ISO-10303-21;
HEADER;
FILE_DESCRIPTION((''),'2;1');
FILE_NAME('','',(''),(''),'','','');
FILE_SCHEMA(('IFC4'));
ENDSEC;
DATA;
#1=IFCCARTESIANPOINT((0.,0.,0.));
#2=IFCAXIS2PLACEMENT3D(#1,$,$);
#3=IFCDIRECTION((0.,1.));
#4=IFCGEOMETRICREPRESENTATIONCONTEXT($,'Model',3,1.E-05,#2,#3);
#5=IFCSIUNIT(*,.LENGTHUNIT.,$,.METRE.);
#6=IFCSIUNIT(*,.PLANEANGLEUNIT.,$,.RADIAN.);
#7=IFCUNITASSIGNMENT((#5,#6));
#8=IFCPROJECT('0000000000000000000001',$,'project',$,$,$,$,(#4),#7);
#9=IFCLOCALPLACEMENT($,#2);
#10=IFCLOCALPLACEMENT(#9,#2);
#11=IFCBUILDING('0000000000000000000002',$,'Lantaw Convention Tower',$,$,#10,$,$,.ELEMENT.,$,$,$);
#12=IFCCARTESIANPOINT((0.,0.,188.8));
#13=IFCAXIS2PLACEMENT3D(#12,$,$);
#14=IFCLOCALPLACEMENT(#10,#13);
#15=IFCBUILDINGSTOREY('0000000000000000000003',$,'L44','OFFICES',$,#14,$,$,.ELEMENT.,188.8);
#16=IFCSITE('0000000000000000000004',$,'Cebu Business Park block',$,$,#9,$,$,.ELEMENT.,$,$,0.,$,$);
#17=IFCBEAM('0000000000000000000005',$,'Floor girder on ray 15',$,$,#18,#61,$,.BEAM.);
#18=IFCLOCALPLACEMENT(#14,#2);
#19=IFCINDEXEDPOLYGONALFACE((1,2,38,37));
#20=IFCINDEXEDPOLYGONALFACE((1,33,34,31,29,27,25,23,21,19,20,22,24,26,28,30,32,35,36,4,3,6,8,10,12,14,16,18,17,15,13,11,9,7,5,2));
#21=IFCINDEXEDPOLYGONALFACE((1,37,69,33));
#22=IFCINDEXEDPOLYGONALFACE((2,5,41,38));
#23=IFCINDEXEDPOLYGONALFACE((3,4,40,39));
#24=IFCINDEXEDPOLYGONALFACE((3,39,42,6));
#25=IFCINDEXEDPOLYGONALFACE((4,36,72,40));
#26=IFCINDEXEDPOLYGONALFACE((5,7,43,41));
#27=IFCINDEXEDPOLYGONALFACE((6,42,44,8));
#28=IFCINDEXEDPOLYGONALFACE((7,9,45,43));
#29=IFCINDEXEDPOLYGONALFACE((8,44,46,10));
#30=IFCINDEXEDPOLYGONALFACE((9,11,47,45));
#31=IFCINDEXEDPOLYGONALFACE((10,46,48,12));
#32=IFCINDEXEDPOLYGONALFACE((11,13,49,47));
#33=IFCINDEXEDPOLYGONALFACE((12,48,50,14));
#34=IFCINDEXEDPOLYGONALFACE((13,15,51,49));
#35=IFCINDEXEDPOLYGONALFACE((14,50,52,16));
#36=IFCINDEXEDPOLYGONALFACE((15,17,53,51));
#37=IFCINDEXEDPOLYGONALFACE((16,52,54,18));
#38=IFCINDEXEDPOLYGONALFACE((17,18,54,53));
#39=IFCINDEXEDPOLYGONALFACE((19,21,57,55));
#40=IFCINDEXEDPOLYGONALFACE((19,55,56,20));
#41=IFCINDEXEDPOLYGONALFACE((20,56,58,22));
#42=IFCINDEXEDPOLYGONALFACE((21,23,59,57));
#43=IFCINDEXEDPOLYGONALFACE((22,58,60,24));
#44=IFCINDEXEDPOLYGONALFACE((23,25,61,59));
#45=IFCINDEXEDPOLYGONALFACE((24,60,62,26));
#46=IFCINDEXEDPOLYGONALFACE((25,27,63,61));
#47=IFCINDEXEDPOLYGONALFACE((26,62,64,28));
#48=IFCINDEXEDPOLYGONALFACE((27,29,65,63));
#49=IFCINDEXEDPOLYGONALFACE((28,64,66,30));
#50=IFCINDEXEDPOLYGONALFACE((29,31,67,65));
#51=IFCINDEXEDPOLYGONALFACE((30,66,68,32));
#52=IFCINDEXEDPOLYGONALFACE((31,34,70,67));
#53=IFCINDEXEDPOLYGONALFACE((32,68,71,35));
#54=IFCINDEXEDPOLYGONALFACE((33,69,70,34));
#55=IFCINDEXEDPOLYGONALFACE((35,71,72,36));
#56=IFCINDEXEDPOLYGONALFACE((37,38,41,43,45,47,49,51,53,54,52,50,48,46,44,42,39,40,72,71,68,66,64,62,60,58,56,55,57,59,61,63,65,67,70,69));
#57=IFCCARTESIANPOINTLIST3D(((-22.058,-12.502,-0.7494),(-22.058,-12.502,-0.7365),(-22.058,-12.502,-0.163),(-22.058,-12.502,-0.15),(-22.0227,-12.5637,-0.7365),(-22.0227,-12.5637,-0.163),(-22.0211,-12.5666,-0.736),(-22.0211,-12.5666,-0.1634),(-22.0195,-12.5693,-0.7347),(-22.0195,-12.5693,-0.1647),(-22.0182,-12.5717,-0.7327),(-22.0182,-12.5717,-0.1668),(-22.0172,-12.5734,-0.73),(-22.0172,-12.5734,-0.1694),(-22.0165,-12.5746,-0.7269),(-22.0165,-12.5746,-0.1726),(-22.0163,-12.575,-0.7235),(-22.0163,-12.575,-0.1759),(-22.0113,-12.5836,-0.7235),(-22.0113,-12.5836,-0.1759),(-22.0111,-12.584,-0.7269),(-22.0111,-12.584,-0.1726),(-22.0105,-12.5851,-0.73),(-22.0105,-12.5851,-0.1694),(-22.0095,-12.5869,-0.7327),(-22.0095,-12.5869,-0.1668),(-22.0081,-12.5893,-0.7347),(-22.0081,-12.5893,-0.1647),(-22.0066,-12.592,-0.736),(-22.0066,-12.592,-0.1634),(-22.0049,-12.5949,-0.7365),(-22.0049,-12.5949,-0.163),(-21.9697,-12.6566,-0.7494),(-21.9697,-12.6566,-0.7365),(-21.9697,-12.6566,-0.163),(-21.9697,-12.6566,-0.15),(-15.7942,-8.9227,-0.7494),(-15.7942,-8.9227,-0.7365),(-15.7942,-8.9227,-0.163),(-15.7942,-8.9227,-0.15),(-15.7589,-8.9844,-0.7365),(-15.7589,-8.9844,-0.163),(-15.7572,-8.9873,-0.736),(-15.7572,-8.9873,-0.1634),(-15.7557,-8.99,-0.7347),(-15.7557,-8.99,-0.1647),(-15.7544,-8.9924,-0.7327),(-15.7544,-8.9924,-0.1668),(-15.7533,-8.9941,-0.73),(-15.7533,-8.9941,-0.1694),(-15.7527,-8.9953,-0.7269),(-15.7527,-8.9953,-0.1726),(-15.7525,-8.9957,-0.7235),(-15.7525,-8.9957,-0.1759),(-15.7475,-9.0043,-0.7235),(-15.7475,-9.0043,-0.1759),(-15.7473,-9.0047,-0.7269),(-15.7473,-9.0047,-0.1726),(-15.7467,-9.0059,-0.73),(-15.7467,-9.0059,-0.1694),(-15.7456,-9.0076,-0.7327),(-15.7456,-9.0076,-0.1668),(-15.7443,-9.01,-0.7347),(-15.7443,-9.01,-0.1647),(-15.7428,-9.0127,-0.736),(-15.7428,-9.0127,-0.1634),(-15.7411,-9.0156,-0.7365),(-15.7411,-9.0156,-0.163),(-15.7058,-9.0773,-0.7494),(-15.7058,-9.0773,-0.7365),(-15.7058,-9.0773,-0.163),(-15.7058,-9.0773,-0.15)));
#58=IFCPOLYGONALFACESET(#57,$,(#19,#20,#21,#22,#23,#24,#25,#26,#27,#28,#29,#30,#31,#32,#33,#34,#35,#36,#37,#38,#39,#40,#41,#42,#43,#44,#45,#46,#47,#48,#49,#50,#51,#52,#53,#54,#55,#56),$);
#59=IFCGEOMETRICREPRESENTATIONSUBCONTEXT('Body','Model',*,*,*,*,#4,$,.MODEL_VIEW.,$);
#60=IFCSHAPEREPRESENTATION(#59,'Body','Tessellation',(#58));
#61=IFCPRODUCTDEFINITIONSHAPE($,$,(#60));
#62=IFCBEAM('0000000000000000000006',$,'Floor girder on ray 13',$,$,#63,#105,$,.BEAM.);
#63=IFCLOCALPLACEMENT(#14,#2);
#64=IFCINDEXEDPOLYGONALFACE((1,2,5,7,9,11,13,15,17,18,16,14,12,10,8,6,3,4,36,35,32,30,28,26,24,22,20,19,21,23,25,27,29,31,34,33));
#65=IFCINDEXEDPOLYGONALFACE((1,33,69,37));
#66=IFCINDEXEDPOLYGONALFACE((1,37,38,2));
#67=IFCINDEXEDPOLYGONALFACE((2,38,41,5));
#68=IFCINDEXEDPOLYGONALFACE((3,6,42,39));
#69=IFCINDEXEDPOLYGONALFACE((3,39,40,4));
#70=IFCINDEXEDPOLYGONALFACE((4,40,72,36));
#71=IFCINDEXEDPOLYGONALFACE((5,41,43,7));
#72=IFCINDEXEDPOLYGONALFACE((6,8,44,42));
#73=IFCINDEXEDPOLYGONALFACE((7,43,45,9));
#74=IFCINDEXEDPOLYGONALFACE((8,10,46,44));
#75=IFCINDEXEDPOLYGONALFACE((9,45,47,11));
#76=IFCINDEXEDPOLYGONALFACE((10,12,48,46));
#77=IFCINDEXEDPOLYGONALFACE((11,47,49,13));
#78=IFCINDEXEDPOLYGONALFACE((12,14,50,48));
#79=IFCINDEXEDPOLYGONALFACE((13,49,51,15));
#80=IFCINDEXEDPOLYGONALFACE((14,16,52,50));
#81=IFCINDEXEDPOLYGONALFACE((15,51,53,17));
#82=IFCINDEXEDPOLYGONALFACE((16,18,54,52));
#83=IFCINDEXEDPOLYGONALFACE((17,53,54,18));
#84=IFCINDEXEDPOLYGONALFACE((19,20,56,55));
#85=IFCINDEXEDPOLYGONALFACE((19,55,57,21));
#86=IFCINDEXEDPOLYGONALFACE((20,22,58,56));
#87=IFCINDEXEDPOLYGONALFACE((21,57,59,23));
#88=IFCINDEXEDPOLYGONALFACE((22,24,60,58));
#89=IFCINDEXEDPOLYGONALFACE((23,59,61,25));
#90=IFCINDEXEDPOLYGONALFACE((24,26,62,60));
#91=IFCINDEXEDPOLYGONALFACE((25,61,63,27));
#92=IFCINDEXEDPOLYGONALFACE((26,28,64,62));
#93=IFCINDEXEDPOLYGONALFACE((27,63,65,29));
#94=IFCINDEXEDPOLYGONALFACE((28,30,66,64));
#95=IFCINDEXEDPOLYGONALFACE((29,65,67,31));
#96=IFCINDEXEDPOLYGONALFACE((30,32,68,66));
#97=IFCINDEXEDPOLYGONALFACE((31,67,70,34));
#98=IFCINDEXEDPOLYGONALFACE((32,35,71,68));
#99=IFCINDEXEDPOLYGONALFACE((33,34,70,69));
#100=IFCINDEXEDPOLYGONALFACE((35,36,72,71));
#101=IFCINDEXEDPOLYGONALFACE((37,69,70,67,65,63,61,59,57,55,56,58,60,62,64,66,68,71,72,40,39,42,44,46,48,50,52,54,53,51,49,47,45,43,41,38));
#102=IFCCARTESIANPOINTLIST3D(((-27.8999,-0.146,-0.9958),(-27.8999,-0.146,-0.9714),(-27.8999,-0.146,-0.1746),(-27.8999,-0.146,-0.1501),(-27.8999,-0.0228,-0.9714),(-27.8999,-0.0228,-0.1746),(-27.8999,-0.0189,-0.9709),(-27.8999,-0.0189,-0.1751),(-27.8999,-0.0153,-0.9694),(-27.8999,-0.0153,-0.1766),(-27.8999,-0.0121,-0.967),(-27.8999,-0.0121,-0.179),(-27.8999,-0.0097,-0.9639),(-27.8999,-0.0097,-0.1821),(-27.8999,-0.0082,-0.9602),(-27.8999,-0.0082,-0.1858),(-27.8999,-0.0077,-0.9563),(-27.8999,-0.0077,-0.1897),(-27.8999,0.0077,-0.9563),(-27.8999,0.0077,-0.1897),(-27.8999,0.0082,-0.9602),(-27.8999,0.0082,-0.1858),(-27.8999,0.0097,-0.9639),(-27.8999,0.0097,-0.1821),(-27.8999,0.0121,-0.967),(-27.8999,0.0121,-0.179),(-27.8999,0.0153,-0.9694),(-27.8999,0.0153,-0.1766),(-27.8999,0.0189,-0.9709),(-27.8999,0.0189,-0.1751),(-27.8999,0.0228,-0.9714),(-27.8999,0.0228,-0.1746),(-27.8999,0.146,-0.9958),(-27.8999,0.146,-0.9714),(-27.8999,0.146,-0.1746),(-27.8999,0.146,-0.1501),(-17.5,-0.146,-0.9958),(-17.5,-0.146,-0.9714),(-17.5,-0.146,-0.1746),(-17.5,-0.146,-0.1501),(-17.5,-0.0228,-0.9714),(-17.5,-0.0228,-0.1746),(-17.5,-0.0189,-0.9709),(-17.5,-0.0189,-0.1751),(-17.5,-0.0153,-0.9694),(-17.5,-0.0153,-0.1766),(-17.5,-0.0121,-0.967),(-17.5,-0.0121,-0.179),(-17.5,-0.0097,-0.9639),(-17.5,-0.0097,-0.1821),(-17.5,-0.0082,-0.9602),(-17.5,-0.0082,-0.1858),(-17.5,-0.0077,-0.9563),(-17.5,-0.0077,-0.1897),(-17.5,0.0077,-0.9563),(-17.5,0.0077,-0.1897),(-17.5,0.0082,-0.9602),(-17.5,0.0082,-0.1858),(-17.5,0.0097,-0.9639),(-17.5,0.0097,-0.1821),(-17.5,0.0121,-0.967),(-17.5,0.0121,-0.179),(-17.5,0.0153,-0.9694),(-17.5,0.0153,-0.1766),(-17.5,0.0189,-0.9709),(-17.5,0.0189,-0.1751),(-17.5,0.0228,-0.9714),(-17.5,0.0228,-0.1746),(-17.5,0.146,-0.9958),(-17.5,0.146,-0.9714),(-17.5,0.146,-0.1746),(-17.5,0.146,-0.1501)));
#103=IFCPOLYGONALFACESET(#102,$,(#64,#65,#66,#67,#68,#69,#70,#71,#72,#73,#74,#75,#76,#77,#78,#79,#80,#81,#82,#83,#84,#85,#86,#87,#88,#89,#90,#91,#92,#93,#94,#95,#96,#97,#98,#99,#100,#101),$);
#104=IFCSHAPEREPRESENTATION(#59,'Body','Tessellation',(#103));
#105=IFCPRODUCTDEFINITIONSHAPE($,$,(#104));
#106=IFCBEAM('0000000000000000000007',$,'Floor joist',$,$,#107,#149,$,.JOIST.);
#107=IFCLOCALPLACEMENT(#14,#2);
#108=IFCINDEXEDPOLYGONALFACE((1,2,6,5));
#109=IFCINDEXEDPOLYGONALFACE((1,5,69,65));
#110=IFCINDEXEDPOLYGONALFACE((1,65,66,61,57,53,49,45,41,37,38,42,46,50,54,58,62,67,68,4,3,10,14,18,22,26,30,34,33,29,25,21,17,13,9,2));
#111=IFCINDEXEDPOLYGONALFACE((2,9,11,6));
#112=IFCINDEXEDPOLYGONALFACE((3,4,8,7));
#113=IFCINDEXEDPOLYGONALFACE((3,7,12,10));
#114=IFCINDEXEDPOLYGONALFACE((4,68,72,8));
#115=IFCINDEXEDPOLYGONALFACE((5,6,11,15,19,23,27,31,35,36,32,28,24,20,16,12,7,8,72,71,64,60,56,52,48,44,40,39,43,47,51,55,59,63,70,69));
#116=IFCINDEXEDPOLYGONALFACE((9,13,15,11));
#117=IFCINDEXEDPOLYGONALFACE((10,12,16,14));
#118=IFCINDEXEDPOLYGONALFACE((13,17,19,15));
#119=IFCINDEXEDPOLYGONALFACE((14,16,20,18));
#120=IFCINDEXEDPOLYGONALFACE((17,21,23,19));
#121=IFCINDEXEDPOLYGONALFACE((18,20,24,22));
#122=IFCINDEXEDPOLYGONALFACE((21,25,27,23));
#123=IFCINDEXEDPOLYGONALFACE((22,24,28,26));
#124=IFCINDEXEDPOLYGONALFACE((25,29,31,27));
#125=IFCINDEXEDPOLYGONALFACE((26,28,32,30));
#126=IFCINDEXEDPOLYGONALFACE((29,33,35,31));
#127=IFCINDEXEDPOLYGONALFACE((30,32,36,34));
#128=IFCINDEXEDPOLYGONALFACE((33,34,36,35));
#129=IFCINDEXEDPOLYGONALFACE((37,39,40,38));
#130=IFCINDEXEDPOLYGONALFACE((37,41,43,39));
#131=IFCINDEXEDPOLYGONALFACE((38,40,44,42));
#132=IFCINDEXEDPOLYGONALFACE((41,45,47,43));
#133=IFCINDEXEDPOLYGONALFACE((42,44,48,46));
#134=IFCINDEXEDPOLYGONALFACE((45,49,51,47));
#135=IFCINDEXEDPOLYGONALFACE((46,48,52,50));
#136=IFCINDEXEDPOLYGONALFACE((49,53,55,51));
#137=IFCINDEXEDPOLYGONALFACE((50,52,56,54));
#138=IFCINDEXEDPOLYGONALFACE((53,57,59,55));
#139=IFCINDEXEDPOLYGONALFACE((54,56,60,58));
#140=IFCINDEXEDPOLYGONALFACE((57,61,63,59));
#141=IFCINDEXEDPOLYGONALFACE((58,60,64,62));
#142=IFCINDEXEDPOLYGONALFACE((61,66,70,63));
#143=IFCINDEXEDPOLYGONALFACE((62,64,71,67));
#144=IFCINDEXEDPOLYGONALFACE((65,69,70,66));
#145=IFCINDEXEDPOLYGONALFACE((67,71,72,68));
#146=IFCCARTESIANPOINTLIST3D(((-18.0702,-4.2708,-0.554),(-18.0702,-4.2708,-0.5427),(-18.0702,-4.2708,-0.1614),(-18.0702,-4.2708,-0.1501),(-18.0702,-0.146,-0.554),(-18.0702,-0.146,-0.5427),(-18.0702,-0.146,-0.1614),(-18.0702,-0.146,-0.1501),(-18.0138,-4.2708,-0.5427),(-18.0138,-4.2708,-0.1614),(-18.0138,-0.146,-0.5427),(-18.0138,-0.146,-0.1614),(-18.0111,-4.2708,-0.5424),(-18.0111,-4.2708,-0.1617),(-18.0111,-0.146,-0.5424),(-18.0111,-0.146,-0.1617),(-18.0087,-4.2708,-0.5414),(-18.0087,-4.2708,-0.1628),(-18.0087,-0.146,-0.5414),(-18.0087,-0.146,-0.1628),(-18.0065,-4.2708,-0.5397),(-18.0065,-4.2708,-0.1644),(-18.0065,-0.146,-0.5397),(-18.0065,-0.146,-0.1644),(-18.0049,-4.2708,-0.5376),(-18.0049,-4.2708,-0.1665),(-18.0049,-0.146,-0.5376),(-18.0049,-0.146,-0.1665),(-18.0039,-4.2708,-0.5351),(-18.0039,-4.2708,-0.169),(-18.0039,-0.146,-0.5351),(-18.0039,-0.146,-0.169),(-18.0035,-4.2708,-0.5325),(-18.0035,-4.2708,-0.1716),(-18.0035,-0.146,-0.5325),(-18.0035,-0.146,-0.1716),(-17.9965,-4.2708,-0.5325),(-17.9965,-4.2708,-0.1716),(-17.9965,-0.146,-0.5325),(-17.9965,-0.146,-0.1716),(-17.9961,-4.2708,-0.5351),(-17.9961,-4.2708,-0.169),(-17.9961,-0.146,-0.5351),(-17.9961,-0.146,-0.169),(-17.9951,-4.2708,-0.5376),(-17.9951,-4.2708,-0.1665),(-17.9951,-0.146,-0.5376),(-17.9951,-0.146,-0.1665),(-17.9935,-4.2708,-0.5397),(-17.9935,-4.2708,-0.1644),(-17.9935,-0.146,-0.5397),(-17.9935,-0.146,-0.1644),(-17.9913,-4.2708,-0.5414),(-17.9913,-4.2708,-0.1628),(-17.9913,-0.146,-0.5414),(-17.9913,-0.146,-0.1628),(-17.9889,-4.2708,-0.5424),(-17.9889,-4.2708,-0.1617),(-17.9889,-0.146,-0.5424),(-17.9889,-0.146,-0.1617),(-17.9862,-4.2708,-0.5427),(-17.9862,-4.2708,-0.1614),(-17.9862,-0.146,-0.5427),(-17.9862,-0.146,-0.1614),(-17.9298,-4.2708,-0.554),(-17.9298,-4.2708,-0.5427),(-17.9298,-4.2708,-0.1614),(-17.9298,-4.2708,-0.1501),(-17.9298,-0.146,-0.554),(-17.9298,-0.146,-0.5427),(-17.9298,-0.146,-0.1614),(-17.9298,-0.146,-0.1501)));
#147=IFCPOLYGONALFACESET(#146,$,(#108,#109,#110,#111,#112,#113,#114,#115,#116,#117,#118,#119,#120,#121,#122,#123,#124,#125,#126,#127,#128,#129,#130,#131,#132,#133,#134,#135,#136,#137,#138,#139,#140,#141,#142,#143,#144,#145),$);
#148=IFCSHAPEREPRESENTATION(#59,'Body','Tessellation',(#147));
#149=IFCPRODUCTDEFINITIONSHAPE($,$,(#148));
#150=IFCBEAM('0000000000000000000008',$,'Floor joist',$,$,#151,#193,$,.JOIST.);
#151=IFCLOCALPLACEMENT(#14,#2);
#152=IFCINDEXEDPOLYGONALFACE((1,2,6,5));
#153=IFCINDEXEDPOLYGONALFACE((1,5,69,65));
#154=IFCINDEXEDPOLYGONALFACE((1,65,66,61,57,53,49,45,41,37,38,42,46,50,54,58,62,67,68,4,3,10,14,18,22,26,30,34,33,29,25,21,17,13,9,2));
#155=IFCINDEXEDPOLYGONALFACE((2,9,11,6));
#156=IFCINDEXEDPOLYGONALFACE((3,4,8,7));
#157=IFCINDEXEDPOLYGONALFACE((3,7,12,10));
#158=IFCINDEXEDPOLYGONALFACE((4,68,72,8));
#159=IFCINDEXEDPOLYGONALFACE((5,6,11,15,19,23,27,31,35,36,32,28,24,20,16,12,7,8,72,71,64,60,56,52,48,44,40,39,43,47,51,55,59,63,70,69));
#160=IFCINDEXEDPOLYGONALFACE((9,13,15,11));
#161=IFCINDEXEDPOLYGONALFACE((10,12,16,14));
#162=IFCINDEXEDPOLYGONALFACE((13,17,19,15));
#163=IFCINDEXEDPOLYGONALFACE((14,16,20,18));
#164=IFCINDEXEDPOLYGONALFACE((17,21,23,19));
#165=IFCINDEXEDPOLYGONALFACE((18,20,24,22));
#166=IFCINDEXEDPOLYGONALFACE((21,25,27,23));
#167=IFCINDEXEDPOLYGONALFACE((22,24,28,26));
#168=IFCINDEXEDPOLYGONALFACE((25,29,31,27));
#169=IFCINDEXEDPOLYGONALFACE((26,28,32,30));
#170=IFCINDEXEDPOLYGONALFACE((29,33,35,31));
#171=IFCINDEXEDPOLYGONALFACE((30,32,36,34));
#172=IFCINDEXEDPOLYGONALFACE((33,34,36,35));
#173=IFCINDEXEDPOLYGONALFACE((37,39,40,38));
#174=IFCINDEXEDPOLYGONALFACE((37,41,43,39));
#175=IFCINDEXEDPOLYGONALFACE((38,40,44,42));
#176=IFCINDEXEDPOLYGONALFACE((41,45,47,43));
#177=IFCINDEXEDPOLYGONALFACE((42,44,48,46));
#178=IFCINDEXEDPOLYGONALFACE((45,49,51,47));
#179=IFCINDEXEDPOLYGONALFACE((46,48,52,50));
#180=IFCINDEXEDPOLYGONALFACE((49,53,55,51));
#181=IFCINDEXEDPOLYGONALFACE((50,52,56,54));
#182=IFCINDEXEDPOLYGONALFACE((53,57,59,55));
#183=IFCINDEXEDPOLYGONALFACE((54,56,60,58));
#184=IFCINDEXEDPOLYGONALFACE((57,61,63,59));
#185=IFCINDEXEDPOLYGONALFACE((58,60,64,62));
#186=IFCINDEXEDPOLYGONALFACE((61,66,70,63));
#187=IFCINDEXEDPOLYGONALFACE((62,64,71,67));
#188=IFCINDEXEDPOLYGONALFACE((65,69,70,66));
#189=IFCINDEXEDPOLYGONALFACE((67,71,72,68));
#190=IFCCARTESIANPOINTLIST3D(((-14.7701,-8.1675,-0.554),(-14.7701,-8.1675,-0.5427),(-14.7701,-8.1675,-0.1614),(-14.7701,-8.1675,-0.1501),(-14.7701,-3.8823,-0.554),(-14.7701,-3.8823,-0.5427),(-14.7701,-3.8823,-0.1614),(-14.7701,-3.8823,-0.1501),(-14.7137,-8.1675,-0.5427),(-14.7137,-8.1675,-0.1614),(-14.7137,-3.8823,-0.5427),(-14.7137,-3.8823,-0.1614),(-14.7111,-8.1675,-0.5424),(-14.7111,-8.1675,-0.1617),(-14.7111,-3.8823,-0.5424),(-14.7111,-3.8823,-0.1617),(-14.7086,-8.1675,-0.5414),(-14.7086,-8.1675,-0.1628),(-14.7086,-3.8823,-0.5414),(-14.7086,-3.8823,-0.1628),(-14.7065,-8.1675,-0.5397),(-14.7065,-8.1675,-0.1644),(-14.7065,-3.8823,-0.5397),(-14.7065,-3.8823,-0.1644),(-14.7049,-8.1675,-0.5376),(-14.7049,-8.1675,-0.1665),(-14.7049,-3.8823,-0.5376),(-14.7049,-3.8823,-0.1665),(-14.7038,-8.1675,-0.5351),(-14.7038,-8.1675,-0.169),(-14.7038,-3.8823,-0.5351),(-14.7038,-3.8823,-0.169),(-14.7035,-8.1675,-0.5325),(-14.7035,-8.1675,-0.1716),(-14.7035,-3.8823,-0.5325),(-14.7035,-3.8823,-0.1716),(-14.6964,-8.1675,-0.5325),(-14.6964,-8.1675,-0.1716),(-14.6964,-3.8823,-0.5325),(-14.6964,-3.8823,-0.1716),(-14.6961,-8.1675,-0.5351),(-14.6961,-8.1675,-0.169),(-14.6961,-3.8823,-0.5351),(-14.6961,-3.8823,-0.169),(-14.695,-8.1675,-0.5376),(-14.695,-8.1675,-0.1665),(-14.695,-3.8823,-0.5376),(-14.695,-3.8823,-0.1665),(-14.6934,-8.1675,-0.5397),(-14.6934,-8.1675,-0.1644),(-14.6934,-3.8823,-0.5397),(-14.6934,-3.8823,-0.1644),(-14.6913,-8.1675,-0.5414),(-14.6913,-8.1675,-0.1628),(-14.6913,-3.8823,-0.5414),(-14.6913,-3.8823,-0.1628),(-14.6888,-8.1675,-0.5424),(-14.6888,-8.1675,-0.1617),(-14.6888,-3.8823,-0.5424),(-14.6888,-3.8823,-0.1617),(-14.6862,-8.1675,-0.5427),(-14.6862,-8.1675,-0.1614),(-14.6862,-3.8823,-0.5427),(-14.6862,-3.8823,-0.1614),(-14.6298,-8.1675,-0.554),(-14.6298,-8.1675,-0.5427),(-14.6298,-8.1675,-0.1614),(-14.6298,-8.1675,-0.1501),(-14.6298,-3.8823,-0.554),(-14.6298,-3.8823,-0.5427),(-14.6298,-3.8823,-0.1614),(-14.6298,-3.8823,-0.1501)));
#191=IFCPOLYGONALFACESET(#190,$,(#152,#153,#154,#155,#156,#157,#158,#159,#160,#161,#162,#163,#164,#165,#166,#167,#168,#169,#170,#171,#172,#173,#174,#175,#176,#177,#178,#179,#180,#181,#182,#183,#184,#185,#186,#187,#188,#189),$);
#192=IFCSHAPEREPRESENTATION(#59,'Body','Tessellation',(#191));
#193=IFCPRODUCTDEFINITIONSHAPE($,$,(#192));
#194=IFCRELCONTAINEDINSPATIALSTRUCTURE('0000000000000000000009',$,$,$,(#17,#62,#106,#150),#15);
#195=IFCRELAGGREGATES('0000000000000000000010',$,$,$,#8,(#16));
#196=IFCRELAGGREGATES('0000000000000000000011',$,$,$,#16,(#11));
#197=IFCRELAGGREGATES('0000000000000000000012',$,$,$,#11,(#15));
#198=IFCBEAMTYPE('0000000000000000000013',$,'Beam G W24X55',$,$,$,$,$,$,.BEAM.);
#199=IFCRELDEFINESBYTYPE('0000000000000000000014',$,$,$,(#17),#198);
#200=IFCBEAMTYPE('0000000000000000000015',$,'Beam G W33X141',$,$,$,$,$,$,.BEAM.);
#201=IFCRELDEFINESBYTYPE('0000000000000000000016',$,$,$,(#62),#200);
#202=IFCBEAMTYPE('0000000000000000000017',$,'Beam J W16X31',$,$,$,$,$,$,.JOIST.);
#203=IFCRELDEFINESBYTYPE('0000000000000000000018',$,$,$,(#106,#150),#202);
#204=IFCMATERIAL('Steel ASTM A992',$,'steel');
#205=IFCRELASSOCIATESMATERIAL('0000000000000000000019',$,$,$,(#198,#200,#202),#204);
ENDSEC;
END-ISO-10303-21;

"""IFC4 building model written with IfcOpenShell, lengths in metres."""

from ifc_helpers import new_model, si_unit, direction, frame, origin, origin_2d, place, context, subcontext, project, spatial, i_section, extrude, material, material_profile, profile_set, type_object, element, save


model = new_model("IFC4")

# Units and contexts
model_context = context("Model", 3, precision=1e-05, world=origin(), true_north=direction((0.0, 1.0)))
body_context = subcontext(model_context, "Body", "Model", "MODEL_VIEW")
ifc_project = project(units=[si_unit("LENGTHUNIT", "METRE"), si_unit("PLANEANGLEUNIT", "RADIAN")], contexts=[model_context])

# Site, building, storey
site_placement = place(None, origin())
site = spatial("IfcSite", under=ifc_project, at=site_placement, Name="Cebu Business Park block", CompositionType="ELEMENT", RefElevation=0.0)
building_placement = place(site_placement, origin())
building = spatial("IfcBuilding", under=site, at=building_placement, Name="Lantaw Convention Tower", CompositionType="ELEMENT")
storey_placement = place(building_placement, frame((0.0, 0.0, 188.8)))
storey = spatial("IfcBuildingStorey", under=building, at=storey_placement, Name="L44", Description="OFFICES", CompositionType="ELEMENT", Elevation=188.8)

# Beams
ifc_material_1 = material(Name="Steel ASTM A992", Category="steel")
ifc_material_profile_1 = material_profile(ifc_material_1, i_section(OverallWidth=0.178, OverallDepth=0.5994, WebThickness=0.01, FlangeThickness=0.0129, FilletRadius=0.0129, at=origin_2d()), Name="W24X55")
ifc_profile_set_1 = profile_set([ifc_material_profile_1], Name="Steel ASTM A992")
beam_type_1 = type_object("IfcBeamType", Name="Beam G W24X55", PredefinedType="BEAM", material=ifc_profile_set_1)
beam_1_placement = place(storey_placement, frame((-15.75, -9.0, -0.4497), z_axis=(-0.868245, -0.496135, 0.0), x_axis=(0.496135, -0.868245, 0.0)))
element("IfcBeam", 1, at=beam_1_placement, inside=storey, type_object=beam_type_1, Name="Floor girder on ray 15", PredefinedType="BEAM", context=body_context, shape_type="SweptSolid", body=[
    extrude(i_section(OverallWidth=0.178, OverallDepth=0.5994, WebThickness=0.01, FlangeThickness=0.0129, FilletRadius=0.0129, at=origin_2d()), origin(), (0.0, 0.0, 1.0), 7.2144),
])
ifc_material_profile_2 = material_profile(ifc_material_1, i_section(OverallWidth=0.292, OverallDepth=0.8457, WebThickness=0.0154, FlangeThickness=0.0244, FilletRadius=0.0151, at=origin_2d()), Name="W33X141")
ifc_profile_set_2 = profile_set([ifc_material_profile_2], Name="Steel ASTM A992")
beam_type_2 = type_object("IfcBeamType", Name="Beam G W33X141", PredefinedType="BEAM", material=ifc_profile_set_2)
beam_2_placement = place(storey_placement, frame((-17.5, 0.0, -0.573), z_axis=(-1.0, 0.0, 0.0), x_axis=(0.0, -1.0, 0.0)))
element("IfcBeam", 2, at=beam_2_placement, inside=storey, type_object=beam_type_2, Name="Floor girder on ray 13", PredefinedType="BEAM", context=body_context, shape_type="SweptSolid", body=[
    extrude(i_section(OverallWidth=0.292, OverallDepth=0.8457, WebThickness=0.0154, FlangeThickness=0.0244, FilletRadius=0.0151, at=origin_2d()), origin(), (0.0, 0.0, 1.0), 10.3999),
])
ifc_material_profile_3 = material_profile(ifc_material_1, i_section(OverallWidth=0.1404, OverallDepth=0.4038, WebThickness=0.0071, FlangeThickness=0.0112, FilletRadius=0.0103, at=origin_2d()), Name="W16X31")
ifc_profile_set_3 = profile_set([ifc_material_profile_3], Name="Steel ASTM A992")
beam_type_3 = type_object("IfcBeamType", Name="Beam J W16X31", PredefinedType="JOIST", material=ifc_profile_set_3)
beam_3_placement = place(storey_placement, frame((-18.0, -4.2708, -0.3521), z_axis=(0.0, 1.0, 0.0), x_axis=(-1.0, 0.0, 0.0)))
element("IfcBeam", 3, at=beam_3_placement, inside=storey, type_object=beam_type_3, Name="Floor joist", PredefinedType="JOIST", context=body_context, shape_type="SweptSolid", body=[
    extrude(i_section(OverallWidth=0.1404, OverallDepth=0.4038, WebThickness=0.0071, FlangeThickness=0.0112, FilletRadius=0.0103, at=origin_2d()), origin(), (0.0, 0.0, 1.0), 4.1248),
])
beam_4_placement = place(storey_placement, frame((-14.7, -8.1675, -0.3521), z_axis=(0.0, 1.0, 0.0), x_axis=(-1.0, 0.0, 0.0)))
element("IfcBeam", 4, at=beam_4_placement, inside=storey, type_object=beam_type_3, Name="Floor joist", PredefinedType="JOIST", context=body_context, shape_type="SweptSolid", body=[
    extrude(i_section(OverallWidth=0.1404, OverallDepth=0.4038, WebThickness=0.0071, FlangeThickness=0.0112, FilletRadius=0.0103, at=origin_2d()), origin(), (0.0, 0.0, 1.0), 4.2852),
])

save(model, "model.ifc")
